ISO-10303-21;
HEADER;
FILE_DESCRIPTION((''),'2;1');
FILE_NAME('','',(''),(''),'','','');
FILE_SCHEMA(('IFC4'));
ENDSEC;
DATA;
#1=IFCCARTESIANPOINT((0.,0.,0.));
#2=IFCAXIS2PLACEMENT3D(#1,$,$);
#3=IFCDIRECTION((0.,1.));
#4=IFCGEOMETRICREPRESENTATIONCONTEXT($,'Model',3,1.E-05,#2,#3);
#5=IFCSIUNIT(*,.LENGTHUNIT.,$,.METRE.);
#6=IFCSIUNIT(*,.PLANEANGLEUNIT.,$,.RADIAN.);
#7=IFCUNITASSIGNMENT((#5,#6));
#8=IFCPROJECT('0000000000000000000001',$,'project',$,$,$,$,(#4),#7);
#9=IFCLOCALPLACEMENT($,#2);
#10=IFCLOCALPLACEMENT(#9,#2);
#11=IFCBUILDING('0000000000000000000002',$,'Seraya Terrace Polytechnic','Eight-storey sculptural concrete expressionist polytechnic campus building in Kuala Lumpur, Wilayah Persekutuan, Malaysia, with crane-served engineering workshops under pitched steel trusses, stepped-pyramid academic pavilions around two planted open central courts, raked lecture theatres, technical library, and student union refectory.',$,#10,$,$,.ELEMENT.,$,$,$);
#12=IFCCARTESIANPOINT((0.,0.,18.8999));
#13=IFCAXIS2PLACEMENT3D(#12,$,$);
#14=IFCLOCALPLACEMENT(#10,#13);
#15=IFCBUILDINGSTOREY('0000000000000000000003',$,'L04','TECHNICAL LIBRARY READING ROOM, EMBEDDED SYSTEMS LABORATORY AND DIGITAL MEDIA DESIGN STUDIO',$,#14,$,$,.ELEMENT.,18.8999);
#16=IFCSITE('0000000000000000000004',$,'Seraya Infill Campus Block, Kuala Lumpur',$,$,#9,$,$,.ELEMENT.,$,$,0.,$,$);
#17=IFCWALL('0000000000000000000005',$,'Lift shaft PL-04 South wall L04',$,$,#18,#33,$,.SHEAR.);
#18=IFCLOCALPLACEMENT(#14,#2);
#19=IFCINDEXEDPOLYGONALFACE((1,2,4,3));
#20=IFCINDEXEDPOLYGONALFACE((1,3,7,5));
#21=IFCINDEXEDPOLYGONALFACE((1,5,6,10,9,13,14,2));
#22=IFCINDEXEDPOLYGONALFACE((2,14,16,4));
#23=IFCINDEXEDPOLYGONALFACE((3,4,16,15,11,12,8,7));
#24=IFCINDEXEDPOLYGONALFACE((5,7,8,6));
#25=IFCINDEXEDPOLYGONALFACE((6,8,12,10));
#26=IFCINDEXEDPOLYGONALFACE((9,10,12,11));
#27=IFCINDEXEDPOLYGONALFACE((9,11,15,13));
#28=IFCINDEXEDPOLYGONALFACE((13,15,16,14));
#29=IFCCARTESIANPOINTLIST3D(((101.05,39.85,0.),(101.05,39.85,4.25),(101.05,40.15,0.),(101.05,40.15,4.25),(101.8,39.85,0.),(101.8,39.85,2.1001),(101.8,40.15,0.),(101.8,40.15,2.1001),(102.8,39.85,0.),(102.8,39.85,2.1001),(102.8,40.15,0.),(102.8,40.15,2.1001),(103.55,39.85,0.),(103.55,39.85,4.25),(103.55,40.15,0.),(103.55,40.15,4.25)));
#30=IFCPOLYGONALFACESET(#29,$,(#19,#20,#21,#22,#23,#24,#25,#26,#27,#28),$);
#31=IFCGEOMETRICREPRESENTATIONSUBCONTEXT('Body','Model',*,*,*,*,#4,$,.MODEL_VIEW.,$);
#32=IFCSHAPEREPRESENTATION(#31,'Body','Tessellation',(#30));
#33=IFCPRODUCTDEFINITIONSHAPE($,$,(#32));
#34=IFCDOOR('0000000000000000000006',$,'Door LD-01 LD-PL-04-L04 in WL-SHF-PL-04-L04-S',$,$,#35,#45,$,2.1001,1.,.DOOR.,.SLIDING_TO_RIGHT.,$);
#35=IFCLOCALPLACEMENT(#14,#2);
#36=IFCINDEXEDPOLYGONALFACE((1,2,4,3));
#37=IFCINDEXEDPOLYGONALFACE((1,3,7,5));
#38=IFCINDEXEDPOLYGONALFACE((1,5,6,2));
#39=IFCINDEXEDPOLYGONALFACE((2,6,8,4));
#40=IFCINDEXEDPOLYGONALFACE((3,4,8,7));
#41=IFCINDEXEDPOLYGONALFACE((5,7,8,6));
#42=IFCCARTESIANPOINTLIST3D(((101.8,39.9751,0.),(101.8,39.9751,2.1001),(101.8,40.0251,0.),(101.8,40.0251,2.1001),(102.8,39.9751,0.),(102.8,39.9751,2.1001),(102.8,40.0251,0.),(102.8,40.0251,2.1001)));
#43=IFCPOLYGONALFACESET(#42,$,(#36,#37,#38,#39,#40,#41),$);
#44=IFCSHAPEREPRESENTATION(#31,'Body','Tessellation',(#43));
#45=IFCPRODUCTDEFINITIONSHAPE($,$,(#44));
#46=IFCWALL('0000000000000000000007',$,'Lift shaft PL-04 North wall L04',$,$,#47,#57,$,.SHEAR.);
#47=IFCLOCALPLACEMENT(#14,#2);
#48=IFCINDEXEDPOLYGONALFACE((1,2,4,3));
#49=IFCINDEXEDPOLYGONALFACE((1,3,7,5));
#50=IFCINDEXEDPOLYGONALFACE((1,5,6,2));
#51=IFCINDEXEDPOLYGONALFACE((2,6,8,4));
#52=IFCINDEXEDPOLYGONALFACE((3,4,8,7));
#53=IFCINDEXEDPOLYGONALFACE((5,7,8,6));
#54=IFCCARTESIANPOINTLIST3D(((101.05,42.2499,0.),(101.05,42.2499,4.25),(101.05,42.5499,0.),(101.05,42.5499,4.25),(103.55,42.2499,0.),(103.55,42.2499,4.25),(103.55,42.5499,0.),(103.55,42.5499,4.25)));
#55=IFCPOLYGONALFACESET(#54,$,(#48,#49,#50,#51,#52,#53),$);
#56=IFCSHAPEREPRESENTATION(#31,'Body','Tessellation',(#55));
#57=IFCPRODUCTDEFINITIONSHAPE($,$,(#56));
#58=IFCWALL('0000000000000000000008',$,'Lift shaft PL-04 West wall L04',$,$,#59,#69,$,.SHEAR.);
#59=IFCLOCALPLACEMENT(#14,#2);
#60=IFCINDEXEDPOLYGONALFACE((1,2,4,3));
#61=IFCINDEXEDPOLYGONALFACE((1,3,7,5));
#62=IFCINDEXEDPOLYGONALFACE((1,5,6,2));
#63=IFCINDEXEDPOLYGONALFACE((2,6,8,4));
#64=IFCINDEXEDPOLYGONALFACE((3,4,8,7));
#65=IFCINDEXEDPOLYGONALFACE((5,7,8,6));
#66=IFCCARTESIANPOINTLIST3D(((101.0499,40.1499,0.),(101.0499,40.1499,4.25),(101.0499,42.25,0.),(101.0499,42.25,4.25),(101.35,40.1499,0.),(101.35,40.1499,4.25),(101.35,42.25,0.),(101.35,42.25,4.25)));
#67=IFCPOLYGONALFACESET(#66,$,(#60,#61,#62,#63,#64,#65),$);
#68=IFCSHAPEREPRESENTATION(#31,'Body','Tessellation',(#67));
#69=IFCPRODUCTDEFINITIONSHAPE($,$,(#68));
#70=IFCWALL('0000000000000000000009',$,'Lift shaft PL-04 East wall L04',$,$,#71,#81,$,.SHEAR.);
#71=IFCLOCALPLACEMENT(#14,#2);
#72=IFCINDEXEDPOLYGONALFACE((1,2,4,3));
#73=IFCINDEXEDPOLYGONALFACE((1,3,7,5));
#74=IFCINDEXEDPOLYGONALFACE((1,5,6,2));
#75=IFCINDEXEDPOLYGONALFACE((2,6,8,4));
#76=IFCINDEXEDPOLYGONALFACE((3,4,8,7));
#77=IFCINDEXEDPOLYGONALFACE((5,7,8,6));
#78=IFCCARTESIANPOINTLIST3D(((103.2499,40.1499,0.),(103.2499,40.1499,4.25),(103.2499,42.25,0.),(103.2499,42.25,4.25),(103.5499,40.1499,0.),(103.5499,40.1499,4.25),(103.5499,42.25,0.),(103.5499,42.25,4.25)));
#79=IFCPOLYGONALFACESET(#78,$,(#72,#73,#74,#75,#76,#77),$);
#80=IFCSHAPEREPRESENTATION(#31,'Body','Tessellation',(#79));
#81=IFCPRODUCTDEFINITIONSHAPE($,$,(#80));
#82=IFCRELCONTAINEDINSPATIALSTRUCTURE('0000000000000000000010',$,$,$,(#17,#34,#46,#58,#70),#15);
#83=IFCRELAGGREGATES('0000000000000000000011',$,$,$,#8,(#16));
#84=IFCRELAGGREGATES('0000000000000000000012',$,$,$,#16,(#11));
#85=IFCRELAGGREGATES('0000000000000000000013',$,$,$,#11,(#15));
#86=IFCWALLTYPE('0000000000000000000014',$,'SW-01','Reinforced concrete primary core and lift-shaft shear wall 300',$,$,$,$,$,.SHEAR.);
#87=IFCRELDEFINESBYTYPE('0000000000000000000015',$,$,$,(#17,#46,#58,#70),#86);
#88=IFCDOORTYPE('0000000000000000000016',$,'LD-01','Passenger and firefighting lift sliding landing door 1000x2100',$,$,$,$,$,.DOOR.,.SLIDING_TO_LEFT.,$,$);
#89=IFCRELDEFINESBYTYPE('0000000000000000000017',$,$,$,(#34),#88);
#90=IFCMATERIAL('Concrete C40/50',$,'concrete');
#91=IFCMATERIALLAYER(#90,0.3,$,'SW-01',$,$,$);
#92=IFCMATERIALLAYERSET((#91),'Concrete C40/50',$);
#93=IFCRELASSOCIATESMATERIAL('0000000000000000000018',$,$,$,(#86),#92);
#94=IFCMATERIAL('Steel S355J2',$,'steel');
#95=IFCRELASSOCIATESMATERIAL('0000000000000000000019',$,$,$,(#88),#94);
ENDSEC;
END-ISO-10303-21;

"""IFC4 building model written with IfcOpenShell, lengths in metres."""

from ifc_helpers import new_model, si_unit, direction, frame, frame_2d, origin, place, context, subcontext, project, spatial, rectangle, extrude, material, layer, layer_set, type_object, element, fill, save


model = new_model("IFC4")

# Units and contexts
model_context = context("Model", 3, precision=1e-05, world=origin(), true_north=direction((0.0, 1.0)))
body_context = subcontext(model_context, "Body", "Model", "MODEL_VIEW")
ifc_project = project(units=[si_unit("LENGTHUNIT", "METRE"), si_unit("PLANEANGLEUNIT", "RADIAN")], contexts=[model_context])

# Site, building, storey
site_placement = place(None, origin())
site = spatial("IfcSite", under=ifc_project, at=site_placement, Name="Seraya Infill Campus Block, Kuala Lumpur", CompositionType="ELEMENT", RefElevation=0.0)
building_placement = place(site_placement, origin())
building = spatial("IfcBuilding", under=site, at=building_placement, Name="Seraya Terrace Polytechnic", Description="Eight-storey sculptural concrete expressionist polytechnic campus building in Kuala Lumpur, Wilayah Persekutuan, Malaysia, with crane-served engineering workshops under pitched steel trusses, stepped-pyramid academic pavilions around two planted open central courts, raked lecture theatres, technical library, and student union refectory.", CompositionType="ELEMENT")
storey_placement = place(building_placement, frame((0.0, 0.0, 18.8999)))
storey = spatial("IfcBuildingStorey", under=building, at=storey_placement, Name="L04", Description="TECHNICAL LIBRARY READING ROOM, EMBEDDED SYSTEMS LABORATORY AND DIGITAL MEDIA DESIGN STUDIO", CompositionType="ELEMENT", Elevation=18.8999)

# Shared definitions
ifc_material_1 = material(Name="Concrete C40/50", Category="concrete")

# Shared definitions
ifc_layer_1 = layer(ifc_material_1, 0.3, Name="SW-01")
ifc_layer_set_1 = layer_set([ifc_layer_1], Name="Concrete C40/50")
wall_type_1 = type_object("IfcWallType", Name="SW-01", Description="Reinforced concrete primary core and lift-shaft shear wall 300", PredefinedType="SHEAR", material=ifc_layer_set_1)

# Shared definitions
ifc_material_2 = material(Name="Steel S355J2", Category="steel")
door_type_1 = type_object("IfcDoorType", Name="LD-01", Description="Passenger and firefighting lift sliding landing door 1000x2100", OperationType="SLIDING_TO_LEFT", PredefinedType="DOOR", material=ifc_material_2)

# Wall, opening, door
wall_1_placement = place(storey_placement, frame((101.05, 40.0, 0.0), z_axis=(0.0, 0.0, 1.0), x_axis=(1.0, 0.0, 0.0)))
wall_1 = element("IfcWall", 1, at=wall_1_placement, inside=storey, type_object=wall_type_1, Name="Lift shaft PL-04 South wall L04", PredefinedType="SHEAR", context=body_context, shape_type="SweptSolid", body=[
    extrude(rectangle(XDim=2.5, YDim=0.3, at=frame_2d((1.25, 0.0))), origin(), (0.0, 0.0, 1.0), 4.25),
])
opening_1_placement = place(wall_1_placement, frame((0.75, 0.0, 0.0)))
opening_1 = element("IfcOpeningElement", 2, at=opening_1_placement, cuts=wall_1, PredefinedType="OPENING", context=body_context, shape_type="SweptSolid", body=[
    extrude(rectangle(XDim=1.0, YDim=2.1001, at=frame_2d((0.5, 1.05))), frame((0.0, 0.1621, 0.0), z_axis=(0.0, -1.0, 0.0), x_axis=(1.0, 0.0, 0.0)), (0.0, 0.0, 1.0), 0.324),
])
door_1_placement = place(opening_1_placement, frame((1.0, 0.0, 0.0), z_axis=(0.0, 0.0, 1.0), x_axis=(-1.0, 0.0, 0.0)))
door_1 = element("IfcDoor", 3, at=door_1_placement, inside=storey, type_object=door_type_1, Name="Door LD-01 LD-PL-04-L04 in WL-SHF-PL-04-L04-S", OperationType="SLIDING_TO_RIGHT", OverallHeight=2.1001, OverallWidth=1.0, PredefinedType="DOOR", context=body_context, shape_type="SweptSolid", body=[
    extrude(rectangle(XDim=1.0, YDim=2.1001, at=frame_2d((0.5, 1.05))), frame((0.0, 0.0249, 0.0), z_axis=(0.0, -1.0, 0.0), x_axis=(1.0, 0.0, 0.0)), (0.0, 0.0, 1.0), 0.05),
])
fill(opening_1, door_1)

# Walls
wall_2_placement = place(storey_placement, frame((101.05, 42.3999, 0.0), z_axis=(0.0, 0.0, 1.0), x_axis=(1.0, 0.0, 0.0)))
element("IfcWall", 4, at=wall_2_placement, inside=storey, type_object=wall_type_1, Name="Lift shaft PL-04 North wall L04", PredefinedType="SHEAR", context=body_context, shape_type="SweptSolid", body=[
    extrude(rectangle(XDim=2.5, YDim=0.3, at=frame_2d((1.25, 0.0))), origin(), (0.0, 0.0, 1.0), 4.25),
])
for number, where, z_axis, x_axis, name in (
    (5, (101.2, 40.1499, 0.0), (0.0, 0.0, 1.0), (0.0, 1.0, 0.0), "Lift shaft PL-04 West wall L04"),
    (6, (103.3999, 40.1499, 0.0), (0.0, 0.0, 1.0), (0.0, 1.0, 0.0), "Lift shaft PL-04 East wall L04"),
):
    element("IfcWall", number, at=place(storey_placement, frame(where, z_axis=z_axis, x_axis=x_axis)), inside=storey, type_object=wall_type_1, Name=name, PredefinedType="SHEAR", context=body_context, shape_type="SweptSolid", body=[
        extrude(rectangle(XDim=2.1001, YDim=0.3, at=frame_2d((1.05, 0.0))), origin(), (0.0, 0.0, 1.0), 4.25),
    ])

save(model, "model.ifc")
